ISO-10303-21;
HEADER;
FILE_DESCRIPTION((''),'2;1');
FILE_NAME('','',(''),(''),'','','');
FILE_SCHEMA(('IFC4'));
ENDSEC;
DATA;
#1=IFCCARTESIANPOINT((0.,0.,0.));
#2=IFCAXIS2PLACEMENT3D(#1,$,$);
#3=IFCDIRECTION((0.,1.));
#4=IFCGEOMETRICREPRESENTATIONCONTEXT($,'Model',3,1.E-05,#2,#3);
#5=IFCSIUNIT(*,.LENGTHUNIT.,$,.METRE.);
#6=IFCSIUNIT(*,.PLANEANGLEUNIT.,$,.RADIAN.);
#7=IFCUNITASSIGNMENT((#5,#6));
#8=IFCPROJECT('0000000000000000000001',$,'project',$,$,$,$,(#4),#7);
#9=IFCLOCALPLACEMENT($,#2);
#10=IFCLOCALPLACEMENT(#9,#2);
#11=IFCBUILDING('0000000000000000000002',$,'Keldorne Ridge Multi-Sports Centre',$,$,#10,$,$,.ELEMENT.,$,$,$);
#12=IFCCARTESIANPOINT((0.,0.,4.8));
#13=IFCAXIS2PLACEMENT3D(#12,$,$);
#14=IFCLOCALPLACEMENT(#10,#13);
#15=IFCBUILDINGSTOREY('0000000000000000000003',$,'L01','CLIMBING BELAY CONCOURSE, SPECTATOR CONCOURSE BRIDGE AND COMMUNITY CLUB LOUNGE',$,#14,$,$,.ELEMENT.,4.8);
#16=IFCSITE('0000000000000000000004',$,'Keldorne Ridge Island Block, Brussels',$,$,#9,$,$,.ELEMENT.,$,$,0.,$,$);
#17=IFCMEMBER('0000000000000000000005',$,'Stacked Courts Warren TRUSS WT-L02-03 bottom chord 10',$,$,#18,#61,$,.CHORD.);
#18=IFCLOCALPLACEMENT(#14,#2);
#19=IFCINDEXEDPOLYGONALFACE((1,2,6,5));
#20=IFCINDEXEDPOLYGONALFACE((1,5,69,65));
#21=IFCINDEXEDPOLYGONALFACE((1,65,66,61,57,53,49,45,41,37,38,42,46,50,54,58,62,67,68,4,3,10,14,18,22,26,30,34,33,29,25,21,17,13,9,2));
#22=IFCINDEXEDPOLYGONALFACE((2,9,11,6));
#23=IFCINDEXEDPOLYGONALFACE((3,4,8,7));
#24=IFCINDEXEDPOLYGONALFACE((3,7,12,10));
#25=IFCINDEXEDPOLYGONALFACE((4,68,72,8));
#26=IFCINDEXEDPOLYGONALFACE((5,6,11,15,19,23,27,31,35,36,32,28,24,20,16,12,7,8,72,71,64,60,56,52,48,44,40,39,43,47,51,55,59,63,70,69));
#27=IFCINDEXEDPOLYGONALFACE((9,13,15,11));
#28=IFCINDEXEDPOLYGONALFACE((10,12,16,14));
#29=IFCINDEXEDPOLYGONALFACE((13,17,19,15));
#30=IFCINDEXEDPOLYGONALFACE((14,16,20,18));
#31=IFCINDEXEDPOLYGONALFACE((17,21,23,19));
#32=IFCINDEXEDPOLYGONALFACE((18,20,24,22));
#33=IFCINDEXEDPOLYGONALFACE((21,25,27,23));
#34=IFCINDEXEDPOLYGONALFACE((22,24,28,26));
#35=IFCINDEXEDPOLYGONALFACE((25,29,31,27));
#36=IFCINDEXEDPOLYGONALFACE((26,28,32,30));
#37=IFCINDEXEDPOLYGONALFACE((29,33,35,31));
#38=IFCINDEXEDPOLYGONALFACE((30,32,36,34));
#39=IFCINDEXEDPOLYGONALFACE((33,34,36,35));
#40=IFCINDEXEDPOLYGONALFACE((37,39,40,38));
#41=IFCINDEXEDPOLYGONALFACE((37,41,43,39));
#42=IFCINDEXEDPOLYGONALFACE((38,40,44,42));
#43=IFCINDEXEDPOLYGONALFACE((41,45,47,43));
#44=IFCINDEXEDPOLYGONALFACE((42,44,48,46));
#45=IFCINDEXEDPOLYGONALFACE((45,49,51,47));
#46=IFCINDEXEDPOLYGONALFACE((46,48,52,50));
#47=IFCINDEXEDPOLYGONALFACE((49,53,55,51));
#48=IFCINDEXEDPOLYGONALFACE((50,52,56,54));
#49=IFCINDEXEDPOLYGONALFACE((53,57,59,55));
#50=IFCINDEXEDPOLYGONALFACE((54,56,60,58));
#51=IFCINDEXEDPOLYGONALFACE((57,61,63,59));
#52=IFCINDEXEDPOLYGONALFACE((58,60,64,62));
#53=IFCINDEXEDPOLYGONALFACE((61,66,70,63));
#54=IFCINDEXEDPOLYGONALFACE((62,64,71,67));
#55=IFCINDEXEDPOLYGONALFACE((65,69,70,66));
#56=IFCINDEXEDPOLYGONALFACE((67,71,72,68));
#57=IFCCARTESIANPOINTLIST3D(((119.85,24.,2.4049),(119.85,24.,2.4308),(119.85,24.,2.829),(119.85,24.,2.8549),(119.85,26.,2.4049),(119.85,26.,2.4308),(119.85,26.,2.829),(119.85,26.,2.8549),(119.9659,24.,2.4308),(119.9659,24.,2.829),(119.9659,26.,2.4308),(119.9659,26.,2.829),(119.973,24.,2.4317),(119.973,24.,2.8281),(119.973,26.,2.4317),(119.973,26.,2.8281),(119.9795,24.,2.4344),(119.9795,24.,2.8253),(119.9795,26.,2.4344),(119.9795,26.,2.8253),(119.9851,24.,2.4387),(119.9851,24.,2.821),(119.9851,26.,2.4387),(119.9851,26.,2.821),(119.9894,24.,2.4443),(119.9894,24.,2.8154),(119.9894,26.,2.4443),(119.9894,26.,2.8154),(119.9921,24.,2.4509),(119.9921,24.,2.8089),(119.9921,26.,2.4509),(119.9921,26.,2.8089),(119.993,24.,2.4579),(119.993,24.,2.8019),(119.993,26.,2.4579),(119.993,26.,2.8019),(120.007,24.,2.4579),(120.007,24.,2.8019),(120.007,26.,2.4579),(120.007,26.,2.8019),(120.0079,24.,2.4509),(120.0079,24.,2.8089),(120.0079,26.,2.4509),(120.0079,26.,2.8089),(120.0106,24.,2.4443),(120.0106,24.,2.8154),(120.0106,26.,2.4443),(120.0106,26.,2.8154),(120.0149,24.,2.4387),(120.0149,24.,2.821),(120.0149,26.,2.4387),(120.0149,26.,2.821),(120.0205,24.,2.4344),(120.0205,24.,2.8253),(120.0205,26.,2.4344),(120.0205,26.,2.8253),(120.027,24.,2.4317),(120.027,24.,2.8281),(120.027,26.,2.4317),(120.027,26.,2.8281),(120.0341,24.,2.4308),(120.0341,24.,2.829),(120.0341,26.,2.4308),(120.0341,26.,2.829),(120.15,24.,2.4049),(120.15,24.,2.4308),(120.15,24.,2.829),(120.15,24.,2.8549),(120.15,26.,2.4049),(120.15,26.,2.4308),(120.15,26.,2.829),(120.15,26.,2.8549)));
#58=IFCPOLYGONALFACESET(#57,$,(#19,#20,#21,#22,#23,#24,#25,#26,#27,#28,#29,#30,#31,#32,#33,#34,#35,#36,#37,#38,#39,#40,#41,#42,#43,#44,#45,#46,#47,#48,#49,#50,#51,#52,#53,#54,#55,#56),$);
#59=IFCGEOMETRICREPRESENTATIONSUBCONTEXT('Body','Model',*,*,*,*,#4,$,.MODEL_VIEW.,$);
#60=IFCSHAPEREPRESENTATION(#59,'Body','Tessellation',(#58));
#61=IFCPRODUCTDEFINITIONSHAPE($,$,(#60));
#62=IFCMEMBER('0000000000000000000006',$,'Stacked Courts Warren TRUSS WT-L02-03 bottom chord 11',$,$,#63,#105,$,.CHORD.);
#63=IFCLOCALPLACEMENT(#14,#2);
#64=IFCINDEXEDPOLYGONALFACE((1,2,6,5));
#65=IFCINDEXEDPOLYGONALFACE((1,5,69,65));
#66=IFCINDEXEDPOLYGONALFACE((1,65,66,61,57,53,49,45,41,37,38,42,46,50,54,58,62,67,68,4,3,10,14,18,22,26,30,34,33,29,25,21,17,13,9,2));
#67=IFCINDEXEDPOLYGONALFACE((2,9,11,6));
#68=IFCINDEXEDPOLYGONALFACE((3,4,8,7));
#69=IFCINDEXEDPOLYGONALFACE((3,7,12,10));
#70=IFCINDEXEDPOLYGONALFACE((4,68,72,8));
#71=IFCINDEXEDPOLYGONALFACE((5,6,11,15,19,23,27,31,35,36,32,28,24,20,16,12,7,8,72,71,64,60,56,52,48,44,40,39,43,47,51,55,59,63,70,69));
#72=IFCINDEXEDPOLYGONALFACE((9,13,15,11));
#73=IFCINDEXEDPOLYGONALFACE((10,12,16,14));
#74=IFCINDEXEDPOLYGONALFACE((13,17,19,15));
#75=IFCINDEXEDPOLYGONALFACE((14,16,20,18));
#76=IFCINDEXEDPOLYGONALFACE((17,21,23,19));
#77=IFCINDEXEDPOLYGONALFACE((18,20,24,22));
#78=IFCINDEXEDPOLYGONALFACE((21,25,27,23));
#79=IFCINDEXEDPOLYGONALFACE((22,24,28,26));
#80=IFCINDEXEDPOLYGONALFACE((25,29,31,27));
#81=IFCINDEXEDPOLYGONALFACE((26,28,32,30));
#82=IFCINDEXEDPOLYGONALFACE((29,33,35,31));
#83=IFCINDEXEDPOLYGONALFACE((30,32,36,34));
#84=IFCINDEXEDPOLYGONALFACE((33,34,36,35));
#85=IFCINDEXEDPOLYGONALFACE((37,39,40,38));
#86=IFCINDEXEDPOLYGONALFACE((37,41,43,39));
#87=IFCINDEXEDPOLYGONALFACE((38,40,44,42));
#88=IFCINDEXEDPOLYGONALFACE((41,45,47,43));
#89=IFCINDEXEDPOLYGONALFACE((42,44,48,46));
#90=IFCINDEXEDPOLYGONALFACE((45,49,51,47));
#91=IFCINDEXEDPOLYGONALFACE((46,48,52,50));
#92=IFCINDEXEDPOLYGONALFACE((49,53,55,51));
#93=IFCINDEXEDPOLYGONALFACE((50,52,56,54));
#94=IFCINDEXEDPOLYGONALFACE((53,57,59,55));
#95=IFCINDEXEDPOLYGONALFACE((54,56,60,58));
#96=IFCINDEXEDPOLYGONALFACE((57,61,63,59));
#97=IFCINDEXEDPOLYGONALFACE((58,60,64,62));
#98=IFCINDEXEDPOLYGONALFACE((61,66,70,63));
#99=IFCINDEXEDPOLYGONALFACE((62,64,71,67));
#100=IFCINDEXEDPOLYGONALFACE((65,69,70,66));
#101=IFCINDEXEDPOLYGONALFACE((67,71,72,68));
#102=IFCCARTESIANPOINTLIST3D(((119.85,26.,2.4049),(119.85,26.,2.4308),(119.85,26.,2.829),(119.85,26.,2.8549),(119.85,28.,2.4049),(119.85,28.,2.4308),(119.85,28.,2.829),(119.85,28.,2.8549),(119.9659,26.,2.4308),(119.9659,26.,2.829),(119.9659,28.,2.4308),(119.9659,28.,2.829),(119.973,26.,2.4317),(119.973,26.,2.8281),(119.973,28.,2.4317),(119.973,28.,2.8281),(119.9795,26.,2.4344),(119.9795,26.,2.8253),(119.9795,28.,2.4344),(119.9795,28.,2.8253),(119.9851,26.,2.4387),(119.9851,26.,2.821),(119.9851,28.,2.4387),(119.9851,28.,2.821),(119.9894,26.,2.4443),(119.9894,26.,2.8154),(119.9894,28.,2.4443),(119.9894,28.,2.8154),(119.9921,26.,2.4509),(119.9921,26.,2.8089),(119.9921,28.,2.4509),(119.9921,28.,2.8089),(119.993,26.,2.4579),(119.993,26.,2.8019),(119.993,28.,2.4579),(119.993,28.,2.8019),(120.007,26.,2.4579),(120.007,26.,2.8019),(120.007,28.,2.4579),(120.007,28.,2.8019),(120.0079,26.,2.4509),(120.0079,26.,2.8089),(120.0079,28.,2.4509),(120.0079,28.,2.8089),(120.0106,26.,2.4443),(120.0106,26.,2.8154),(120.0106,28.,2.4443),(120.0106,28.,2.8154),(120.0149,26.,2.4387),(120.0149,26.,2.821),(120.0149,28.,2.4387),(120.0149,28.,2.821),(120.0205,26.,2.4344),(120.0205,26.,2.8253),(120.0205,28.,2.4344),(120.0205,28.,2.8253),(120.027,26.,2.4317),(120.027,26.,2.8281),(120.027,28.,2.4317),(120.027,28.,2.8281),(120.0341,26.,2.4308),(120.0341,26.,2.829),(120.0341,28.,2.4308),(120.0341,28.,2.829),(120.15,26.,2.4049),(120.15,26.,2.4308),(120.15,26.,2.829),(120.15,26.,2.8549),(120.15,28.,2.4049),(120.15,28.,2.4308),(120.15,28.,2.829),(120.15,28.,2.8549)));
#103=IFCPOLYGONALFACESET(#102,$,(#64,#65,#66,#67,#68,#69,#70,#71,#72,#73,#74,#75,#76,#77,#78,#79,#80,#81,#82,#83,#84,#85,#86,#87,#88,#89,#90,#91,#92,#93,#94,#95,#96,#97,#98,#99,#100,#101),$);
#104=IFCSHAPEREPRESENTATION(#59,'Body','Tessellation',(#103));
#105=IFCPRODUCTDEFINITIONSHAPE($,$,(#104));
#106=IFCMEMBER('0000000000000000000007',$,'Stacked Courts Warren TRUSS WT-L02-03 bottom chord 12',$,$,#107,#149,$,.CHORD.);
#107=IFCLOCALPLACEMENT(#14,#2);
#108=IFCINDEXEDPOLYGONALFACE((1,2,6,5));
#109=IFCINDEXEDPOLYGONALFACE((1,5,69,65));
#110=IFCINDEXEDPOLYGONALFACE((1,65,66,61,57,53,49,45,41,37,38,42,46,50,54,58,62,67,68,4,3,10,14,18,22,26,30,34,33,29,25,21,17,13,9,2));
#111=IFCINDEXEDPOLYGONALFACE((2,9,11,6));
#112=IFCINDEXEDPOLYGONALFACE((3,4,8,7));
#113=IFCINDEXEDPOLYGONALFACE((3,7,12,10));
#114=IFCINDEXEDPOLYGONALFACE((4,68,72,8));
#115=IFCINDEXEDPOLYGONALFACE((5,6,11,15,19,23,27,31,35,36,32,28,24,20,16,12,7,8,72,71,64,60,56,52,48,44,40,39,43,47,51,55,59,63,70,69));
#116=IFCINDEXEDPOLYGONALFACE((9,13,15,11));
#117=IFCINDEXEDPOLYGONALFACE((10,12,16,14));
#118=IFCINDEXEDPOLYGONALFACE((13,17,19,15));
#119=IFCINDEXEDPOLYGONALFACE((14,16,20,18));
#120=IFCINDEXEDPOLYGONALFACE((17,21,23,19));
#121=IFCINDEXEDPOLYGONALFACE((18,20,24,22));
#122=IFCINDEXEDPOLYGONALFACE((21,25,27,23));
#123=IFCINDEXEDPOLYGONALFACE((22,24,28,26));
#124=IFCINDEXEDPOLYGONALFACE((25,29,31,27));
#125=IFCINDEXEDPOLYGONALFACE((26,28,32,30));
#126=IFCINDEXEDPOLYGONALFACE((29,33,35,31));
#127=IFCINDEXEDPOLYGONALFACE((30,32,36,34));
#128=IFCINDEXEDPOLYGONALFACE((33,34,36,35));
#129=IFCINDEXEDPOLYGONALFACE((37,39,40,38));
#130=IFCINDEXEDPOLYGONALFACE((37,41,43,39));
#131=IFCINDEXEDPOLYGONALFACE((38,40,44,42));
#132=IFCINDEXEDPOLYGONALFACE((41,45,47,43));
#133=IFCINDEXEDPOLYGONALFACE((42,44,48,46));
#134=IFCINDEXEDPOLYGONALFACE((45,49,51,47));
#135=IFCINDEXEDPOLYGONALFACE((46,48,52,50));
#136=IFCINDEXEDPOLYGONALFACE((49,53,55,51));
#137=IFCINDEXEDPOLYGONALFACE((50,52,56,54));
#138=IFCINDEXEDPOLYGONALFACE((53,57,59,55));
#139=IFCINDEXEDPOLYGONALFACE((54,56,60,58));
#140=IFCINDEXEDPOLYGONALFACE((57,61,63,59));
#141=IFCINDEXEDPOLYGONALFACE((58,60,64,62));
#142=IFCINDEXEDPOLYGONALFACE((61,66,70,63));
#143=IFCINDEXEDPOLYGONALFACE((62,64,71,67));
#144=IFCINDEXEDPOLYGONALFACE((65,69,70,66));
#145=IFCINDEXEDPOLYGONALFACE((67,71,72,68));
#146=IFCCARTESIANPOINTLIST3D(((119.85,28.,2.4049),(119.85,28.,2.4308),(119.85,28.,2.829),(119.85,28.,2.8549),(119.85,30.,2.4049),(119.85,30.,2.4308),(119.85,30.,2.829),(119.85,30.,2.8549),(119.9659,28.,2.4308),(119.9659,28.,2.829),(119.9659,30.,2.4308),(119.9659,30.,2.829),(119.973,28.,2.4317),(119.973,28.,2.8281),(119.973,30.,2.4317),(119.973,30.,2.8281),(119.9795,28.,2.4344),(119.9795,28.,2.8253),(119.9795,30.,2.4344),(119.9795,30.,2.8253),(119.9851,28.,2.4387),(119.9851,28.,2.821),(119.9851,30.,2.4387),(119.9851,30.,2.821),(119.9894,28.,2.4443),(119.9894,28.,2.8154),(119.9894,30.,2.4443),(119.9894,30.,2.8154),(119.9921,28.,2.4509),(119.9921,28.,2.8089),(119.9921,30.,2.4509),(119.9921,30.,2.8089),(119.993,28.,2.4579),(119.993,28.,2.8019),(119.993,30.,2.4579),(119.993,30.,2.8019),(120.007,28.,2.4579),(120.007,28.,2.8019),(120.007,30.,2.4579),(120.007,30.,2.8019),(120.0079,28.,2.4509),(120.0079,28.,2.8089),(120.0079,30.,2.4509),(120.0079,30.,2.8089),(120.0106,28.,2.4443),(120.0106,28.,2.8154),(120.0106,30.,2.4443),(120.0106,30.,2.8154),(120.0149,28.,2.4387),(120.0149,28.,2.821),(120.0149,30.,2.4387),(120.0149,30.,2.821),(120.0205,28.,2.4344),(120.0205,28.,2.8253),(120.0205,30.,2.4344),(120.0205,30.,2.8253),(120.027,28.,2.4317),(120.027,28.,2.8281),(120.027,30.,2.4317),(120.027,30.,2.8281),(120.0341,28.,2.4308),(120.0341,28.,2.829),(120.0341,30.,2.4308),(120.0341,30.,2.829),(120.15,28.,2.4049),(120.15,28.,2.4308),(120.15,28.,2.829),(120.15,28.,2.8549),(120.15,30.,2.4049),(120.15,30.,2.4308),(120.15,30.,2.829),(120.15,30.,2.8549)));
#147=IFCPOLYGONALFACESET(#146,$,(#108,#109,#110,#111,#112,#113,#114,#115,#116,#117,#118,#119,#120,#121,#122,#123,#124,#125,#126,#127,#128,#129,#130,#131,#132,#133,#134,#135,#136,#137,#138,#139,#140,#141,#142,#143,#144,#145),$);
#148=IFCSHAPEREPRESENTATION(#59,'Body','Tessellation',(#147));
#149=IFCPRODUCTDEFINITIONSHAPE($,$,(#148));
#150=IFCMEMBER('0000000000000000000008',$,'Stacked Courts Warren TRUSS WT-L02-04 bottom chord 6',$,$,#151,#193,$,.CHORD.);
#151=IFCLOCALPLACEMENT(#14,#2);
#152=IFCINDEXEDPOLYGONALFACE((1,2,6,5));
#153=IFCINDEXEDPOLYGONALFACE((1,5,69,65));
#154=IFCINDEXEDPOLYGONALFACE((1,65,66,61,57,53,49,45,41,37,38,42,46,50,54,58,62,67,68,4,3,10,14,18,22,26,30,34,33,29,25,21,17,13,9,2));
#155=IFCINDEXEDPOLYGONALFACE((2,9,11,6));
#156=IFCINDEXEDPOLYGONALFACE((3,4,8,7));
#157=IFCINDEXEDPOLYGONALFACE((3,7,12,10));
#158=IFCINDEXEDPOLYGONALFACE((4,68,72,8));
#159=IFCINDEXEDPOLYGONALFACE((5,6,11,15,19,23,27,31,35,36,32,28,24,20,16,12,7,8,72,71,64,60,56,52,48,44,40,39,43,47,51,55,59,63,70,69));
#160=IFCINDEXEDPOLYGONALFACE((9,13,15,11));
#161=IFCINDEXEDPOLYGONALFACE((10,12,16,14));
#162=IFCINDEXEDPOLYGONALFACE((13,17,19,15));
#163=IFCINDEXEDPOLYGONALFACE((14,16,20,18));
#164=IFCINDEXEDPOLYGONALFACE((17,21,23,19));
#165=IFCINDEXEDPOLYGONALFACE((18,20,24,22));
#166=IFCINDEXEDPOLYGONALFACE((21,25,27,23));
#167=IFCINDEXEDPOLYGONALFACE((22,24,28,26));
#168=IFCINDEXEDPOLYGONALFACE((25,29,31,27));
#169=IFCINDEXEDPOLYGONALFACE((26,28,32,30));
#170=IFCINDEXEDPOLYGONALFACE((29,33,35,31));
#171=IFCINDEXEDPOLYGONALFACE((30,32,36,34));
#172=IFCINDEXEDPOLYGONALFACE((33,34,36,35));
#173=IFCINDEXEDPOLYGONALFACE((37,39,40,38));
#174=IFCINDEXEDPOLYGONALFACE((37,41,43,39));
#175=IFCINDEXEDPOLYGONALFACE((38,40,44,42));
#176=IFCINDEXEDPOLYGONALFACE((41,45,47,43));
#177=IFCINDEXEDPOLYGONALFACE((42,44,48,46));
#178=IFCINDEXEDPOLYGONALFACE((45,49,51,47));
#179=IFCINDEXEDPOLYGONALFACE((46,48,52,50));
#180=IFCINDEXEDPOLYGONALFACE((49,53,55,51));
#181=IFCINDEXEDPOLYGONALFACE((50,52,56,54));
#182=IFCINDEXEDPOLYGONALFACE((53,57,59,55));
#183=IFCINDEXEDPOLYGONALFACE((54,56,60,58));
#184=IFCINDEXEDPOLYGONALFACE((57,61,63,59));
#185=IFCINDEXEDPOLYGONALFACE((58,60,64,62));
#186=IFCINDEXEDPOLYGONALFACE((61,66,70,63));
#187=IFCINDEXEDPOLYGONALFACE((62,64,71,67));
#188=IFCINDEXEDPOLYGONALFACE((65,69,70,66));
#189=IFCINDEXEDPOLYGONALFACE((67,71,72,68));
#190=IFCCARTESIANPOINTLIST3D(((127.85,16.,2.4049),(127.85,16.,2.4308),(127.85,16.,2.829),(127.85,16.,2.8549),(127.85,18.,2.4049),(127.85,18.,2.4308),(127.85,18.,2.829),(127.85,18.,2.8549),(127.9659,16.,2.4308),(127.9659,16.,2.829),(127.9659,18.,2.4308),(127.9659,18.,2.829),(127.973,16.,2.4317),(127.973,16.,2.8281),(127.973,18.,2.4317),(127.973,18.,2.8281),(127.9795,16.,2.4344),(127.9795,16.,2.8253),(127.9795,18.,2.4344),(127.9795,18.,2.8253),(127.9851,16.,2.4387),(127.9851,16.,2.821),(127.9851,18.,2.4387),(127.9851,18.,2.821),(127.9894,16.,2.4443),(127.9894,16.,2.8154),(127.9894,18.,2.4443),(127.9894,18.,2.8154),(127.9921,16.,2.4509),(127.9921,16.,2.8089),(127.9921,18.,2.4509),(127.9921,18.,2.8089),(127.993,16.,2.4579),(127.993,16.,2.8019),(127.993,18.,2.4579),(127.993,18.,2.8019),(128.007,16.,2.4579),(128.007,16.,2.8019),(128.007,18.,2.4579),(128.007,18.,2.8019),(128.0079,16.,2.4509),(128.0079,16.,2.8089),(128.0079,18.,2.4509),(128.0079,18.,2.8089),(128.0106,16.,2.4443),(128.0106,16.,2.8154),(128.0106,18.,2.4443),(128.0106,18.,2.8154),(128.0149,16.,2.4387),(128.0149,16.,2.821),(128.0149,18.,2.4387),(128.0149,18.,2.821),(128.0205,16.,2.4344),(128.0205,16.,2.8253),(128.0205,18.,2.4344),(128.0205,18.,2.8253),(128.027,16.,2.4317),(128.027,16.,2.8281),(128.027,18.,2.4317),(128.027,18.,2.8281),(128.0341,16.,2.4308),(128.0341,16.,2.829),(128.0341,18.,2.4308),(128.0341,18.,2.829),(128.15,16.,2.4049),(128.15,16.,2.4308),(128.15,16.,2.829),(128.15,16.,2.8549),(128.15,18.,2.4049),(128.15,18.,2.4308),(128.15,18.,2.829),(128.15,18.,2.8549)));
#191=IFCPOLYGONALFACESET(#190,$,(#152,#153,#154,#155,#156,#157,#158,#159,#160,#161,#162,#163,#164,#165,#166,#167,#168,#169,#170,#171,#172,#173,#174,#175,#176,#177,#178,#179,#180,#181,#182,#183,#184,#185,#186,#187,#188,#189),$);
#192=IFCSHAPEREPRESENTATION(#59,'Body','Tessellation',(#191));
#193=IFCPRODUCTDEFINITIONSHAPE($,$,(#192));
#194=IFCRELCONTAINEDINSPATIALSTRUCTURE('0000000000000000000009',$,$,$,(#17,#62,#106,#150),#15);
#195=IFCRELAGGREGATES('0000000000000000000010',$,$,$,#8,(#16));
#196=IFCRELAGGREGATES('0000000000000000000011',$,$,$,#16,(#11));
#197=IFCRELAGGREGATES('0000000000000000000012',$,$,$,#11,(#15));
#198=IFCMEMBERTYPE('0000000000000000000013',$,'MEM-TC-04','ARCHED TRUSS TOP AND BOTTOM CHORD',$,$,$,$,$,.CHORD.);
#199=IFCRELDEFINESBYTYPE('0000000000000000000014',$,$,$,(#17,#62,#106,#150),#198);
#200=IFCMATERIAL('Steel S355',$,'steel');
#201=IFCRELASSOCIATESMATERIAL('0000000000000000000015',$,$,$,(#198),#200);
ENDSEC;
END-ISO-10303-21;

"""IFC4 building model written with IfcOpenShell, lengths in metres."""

from ifc_helpers import new_model, si_unit, direction, frame, origin, origin_2d, place, context, subcontext, project, spatial, i_section, extrude, material, material_profile, profile_set, type_object, element, save


model = new_model("IFC4")

# Units and contexts
model_context = context("Model", 3, precision=1e-05, world=origin(), true_north=direction((0.0, 1.0)))
body_context = subcontext(model_context, "Body", "Model", "MODEL_VIEW")
ifc_project = project(units=[si_unit("LENGTHUNIT", "METRE"), si_unit("PLANEANGLEUNIT", "RADIAN")], contexts=[model_context])

# Site, building, storey
site_placement = place(None, origin())
site = spatial("IfcSite", under=ifc_project, at=site_placement, Name="Keldorne Ridge Island Block, Brussels", CompositionType="ELEMENT", RefElevation=0.0)
building_placement = place(site_placement, origin())
building = spatial("IfcBuilding", under=site, at=building_placement, Name="Keldorne Ridge Multi-Sports Centre", CompositionType="ELEMENT")
storey_placement = place(building_placement, frame((0.0, 0.0, 4.8)))
storey = spatial("IfcBuildingStorey", under=building, at=storey_placement, Name="L01", Description="CLIMBING BELAY CONCOURSE, SPECTATOR CONCOURSE BRIDGE AND COMMUNITY CLUB LOUNGE", CompositionType="ELEMENT", Elevation=4.8)

# Members
ifc_material = material(Name="Steel S355", Category="steel")
ifc_material_profile_1 = material_profile(ifc_material, i_section(OverallWidth=0.3, OverallDepth=0.45, WebThickness=0.0139, FlangeThickness=0.0259, FilletRadius=0.0271, at=origin_2d()), Name="HEB 450")
ifc_profile_set_1 = profile_set([ifc_material_profile_1], Name="Steel S355")
member_type_1 = type_object("IfcMemberType", Name="MEM-TC-04", Description="ARCHED TRUSS TOP AND BOTTOM CHORD", PredefinedType="CHORD", material=ifc_profile_set_1)
for number, where, z_axis, x_axis, name in (
    (1, (120.0, 24.0, 2.6299), (0.0, 1.0, 0.0), (-1.0, 0.0, 0.0), "Stacked Courts Warren TRUSS WT-L02-03 bottom chord 10"),
    (2, (120.0, 26.0, 2.6299), (0.0, 1.0, 0.0), (-1.0, 0.0, 0.0), "Stacked Courts Warren TRUSS WT-L02-03 bottom chord 11"),
    (3, (120.0, 28.0, 2.6299), (0.0, 1.0, 0.0), (-1.0, 0.0, 0.0), "Stacked Courts Warren TRUSS WT-L02-03 bottom chord 12"),
    (4, (128.0, 16.0, 2.6299), (0.0, 1.0, 0.0), (-1.0, 0.0, 0.0), "Stacked Courts Warren TRUSS WT-L02-04 bottom chord 6"),
):
    element("IfcMember", number, at=place(storey_placement, frame(where, z_axis=z_axis, x_axis=x_axis)), inside=storey, type_object=member_type_1, Name=name, PredefinedType="CHORD", context=body_context, shape_type="SweptSolid", body=[
        extrude(i_section(OverallWidth=0.3, OverallDepth=0.45, WebThickness=0.0139, FlangeThickness=0.0259, FilletRadius=0.0271, at=origin_2d()), origin(), (0.0, 0.0, 1.0), 2.0),
    ])

save(model, "model.ifc")
